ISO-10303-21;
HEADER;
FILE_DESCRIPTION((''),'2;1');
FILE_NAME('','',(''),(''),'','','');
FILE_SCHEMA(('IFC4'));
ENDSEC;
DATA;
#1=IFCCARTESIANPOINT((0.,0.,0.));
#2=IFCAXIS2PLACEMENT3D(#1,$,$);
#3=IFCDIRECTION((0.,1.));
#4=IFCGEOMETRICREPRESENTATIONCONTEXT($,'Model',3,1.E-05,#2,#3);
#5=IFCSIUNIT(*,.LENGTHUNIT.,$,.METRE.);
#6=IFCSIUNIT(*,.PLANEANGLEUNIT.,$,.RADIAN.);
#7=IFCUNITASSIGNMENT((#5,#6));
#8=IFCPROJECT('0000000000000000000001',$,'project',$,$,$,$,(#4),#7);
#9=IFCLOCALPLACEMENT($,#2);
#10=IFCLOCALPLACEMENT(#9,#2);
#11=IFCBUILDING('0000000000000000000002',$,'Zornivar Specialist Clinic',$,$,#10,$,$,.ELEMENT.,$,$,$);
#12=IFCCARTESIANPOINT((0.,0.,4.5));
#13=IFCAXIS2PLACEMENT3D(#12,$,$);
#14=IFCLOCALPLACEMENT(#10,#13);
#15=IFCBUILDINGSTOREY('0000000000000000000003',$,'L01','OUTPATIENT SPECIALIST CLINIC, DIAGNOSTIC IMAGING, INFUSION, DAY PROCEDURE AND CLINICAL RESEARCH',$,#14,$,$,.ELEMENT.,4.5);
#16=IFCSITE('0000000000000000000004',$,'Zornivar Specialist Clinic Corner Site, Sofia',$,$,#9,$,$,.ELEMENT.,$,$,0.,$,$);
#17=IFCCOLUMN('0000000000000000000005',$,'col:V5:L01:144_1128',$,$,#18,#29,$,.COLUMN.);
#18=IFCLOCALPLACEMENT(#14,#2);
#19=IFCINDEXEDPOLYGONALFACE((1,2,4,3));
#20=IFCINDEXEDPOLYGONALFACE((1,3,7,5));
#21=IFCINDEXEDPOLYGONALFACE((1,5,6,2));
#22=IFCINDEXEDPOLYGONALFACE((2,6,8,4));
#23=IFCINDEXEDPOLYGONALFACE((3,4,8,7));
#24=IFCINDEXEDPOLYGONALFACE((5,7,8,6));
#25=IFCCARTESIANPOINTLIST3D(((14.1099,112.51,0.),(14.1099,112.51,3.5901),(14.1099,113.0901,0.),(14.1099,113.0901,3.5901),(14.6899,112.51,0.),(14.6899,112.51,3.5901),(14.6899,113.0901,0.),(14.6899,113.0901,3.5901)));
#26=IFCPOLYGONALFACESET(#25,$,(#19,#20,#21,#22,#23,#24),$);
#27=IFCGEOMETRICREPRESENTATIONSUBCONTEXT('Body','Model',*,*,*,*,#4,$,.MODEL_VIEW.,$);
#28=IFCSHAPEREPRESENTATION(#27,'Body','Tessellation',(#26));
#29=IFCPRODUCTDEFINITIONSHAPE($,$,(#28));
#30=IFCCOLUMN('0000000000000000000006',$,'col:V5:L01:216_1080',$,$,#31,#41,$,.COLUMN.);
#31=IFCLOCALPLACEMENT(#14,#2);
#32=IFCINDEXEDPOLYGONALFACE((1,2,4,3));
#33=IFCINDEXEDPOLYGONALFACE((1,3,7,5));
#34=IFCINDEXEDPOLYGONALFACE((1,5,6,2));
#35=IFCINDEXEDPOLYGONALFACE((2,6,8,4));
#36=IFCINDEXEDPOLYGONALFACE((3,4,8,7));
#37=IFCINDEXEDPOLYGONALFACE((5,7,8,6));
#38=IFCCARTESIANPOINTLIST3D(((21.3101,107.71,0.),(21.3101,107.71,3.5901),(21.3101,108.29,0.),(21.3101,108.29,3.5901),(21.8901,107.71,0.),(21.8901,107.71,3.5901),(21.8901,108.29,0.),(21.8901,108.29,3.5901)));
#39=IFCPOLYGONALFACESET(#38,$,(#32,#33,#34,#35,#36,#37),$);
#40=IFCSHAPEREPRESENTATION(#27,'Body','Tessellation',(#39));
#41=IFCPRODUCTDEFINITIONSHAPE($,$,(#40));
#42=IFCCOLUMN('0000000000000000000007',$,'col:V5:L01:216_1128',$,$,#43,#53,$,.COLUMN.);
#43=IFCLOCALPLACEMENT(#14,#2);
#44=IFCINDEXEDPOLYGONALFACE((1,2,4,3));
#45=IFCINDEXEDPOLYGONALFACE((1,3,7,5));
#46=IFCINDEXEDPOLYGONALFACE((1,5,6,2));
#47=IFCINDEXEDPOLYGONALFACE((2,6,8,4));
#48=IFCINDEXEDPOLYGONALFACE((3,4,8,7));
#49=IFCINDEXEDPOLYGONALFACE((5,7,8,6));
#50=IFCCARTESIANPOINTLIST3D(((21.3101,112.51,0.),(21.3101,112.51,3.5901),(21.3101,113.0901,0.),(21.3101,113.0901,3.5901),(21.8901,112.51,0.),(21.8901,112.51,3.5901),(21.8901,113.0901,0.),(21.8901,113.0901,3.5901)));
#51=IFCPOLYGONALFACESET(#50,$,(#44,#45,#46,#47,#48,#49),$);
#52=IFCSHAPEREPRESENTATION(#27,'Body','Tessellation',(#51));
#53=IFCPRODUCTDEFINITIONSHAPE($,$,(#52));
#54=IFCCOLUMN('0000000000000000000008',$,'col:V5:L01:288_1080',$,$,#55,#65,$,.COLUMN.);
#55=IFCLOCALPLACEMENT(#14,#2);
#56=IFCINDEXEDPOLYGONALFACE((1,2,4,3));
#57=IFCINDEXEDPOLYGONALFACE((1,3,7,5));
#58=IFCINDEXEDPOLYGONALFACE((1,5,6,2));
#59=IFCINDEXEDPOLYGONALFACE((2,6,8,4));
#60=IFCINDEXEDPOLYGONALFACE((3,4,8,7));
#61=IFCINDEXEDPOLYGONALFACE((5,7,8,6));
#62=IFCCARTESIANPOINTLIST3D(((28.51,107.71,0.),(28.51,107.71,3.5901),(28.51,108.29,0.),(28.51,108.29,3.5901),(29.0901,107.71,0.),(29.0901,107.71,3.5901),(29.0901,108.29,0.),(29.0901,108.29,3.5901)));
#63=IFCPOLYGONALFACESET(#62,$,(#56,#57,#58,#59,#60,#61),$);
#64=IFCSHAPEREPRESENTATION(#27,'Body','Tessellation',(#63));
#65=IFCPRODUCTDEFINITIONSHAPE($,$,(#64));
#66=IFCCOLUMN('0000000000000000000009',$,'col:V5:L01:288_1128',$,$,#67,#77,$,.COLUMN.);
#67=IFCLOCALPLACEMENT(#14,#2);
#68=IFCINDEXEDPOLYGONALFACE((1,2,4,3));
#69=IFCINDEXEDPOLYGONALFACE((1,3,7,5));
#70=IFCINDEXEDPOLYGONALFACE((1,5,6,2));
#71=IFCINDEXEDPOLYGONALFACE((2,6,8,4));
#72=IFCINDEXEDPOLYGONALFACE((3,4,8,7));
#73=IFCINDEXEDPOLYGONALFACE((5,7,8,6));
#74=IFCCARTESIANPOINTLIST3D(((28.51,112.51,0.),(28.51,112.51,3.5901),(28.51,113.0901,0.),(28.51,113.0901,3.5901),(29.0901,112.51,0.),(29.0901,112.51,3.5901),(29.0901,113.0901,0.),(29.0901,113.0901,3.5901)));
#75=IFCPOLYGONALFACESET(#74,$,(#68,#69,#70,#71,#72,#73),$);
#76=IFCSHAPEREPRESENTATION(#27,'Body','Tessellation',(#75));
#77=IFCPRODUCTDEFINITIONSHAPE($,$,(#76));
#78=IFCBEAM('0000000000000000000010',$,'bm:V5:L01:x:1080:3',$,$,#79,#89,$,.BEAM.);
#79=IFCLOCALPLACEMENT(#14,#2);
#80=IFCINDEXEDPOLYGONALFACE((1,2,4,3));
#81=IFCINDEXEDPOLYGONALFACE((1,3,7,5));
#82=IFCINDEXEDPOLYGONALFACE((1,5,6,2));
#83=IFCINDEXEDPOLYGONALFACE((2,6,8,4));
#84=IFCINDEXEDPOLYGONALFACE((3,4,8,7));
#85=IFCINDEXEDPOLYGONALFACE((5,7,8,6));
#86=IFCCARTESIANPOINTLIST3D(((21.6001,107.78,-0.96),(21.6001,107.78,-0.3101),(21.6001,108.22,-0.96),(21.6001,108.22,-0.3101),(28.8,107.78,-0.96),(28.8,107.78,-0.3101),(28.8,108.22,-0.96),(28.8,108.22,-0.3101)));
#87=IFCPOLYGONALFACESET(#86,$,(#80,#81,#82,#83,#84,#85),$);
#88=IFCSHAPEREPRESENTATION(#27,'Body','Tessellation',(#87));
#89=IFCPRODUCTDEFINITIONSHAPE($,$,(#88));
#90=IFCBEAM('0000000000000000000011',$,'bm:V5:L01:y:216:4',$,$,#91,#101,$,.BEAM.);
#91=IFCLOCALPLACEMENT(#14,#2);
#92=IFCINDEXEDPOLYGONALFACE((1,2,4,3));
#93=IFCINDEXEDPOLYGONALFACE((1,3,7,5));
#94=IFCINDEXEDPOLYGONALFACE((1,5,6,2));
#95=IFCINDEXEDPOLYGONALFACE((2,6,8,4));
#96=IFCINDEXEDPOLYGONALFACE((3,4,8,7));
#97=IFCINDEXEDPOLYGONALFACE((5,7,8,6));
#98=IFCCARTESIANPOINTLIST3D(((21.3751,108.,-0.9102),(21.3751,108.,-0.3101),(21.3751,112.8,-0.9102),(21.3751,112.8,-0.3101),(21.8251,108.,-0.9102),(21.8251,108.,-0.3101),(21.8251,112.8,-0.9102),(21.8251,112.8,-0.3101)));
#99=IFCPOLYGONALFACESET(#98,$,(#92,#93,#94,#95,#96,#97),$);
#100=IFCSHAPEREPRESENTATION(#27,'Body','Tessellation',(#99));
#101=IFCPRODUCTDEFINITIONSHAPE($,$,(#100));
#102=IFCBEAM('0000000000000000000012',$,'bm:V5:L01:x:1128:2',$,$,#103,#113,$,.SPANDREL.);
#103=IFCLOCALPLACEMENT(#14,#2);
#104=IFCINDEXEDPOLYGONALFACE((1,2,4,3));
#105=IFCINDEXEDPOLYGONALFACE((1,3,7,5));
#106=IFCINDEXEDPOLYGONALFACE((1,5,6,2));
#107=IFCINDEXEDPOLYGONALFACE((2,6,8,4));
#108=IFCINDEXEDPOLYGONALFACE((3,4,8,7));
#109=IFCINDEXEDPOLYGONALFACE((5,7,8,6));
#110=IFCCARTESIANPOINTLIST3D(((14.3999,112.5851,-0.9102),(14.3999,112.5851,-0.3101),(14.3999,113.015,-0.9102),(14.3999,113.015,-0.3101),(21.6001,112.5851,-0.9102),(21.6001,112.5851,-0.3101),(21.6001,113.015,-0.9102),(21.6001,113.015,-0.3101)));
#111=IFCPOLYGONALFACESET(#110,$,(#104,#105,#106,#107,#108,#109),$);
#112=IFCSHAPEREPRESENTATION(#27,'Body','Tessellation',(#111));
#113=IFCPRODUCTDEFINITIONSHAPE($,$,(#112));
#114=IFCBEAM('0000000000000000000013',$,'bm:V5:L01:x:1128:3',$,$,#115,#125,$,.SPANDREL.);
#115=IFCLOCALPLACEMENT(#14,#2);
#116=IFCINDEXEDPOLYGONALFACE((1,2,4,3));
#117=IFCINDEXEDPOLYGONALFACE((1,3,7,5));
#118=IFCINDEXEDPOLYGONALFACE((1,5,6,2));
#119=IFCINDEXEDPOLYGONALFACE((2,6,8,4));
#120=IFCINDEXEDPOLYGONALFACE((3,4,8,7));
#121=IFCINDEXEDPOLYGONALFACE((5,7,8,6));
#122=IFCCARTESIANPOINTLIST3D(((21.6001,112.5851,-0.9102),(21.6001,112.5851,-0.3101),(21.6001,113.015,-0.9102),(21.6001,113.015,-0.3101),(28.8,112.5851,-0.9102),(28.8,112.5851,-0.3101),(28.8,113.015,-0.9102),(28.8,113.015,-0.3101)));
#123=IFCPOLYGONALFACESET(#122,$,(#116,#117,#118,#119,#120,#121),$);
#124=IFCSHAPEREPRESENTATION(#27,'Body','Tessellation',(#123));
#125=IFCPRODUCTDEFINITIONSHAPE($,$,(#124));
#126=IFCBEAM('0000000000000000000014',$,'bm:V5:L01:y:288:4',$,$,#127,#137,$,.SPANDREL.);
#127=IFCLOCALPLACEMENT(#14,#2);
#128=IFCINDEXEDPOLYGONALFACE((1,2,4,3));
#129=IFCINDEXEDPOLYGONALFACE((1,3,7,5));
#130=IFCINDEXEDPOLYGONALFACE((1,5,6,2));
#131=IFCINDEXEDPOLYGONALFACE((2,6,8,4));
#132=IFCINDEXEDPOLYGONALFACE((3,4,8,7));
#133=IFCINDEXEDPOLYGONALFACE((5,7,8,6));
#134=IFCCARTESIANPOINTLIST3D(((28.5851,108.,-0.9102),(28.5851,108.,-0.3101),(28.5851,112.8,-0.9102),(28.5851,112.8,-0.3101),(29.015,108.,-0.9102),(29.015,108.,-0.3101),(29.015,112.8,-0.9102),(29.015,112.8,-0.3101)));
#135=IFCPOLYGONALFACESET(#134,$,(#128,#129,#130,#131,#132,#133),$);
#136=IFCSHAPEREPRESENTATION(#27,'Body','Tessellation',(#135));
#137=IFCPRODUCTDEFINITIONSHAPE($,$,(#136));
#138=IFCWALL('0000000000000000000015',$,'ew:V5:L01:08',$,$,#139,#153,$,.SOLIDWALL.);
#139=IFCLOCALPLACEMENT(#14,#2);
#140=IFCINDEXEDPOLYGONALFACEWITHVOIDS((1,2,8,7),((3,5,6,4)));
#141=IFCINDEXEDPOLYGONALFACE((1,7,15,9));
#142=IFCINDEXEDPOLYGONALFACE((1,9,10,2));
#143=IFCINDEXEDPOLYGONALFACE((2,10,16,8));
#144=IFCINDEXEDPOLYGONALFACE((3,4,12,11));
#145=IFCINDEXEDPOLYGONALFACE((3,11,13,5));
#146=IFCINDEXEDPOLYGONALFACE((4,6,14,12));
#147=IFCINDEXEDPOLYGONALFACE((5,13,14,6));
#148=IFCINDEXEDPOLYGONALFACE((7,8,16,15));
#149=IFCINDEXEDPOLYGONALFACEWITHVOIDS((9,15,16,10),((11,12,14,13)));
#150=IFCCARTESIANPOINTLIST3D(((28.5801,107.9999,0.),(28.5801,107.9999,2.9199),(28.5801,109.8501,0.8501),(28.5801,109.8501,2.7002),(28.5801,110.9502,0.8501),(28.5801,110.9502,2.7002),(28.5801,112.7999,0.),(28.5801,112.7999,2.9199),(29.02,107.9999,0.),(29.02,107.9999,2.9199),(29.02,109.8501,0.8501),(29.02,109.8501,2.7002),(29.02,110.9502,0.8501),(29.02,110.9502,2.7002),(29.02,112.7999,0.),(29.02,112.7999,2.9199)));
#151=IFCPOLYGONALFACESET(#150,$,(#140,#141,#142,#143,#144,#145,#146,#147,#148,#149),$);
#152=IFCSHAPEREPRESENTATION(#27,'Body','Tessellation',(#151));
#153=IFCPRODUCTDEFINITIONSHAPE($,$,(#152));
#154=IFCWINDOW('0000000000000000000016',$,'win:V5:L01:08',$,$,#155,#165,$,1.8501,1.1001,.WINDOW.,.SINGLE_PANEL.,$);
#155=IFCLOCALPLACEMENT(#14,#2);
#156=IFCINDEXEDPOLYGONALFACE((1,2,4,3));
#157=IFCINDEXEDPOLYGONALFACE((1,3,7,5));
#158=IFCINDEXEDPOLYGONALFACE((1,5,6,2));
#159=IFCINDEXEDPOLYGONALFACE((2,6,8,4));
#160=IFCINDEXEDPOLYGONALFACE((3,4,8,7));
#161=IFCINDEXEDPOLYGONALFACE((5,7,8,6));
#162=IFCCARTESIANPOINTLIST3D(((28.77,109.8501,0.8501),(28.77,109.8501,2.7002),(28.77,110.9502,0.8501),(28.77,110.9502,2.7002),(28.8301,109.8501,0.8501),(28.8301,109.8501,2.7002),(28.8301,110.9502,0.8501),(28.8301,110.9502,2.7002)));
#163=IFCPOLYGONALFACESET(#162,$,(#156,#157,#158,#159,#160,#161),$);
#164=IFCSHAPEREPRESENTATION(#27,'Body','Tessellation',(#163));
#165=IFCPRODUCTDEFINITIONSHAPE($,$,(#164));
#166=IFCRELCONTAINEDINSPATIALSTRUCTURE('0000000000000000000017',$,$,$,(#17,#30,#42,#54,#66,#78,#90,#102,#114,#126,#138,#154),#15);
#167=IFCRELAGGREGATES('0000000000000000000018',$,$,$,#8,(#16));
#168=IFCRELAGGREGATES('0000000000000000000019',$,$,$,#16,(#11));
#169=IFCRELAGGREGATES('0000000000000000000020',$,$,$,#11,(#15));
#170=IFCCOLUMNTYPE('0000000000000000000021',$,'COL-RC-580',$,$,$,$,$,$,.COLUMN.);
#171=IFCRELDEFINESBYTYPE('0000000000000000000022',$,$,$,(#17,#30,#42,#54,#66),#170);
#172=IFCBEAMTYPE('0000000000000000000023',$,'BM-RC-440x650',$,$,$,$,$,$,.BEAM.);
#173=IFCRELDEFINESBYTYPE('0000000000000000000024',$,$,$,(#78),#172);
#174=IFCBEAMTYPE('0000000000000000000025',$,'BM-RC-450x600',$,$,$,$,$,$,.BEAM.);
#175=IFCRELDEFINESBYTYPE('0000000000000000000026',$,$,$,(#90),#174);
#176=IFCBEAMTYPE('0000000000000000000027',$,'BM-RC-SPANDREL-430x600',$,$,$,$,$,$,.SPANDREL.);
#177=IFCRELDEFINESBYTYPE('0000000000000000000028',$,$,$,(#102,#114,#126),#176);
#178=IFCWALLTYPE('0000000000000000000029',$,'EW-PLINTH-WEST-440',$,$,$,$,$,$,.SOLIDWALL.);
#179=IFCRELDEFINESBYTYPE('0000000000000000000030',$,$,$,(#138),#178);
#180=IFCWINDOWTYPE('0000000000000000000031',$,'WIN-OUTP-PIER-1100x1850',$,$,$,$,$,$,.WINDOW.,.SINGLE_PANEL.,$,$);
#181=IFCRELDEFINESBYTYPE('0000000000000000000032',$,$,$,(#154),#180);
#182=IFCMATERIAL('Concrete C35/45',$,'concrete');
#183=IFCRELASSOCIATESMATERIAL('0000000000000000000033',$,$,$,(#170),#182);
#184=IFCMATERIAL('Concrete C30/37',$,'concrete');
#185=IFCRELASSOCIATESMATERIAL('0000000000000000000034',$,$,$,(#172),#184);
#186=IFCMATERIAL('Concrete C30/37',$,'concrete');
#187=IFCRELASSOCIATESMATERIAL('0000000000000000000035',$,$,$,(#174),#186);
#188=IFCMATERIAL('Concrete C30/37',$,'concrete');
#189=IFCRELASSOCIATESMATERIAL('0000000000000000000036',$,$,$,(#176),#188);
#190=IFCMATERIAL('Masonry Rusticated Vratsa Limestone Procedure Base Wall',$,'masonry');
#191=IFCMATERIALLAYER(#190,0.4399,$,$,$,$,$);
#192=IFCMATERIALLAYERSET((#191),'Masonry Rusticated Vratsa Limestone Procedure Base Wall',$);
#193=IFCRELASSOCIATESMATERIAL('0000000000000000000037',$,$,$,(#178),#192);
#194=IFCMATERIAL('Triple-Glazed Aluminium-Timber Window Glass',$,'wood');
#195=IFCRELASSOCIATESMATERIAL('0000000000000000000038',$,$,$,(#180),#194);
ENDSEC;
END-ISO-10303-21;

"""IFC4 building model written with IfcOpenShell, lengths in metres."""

from ifc_helpers import new_model, si_unit, direction, frame, frame_2d, origin, origin_2d, place, context, subcontext, project, spatial, rectangle, extrude, material, layer, layer_set, material_profile, profile_set, type_object, element, fill, save


model = new_model("IFC4")

# Units and contexts
model_context = context("Model", 3, precision=1e-05, world=origin(), true_north=direction((0.0, 1.0)))
body_context = subcontext(model_context, "Body", "Model", "MODEL_VIEW")
ifc_project = project(units=[si_unit("LENGTHUNIT", "METRE"), si_unit("PLANEANGLEUNIT", "RADIAN")], contexts=[model_context])

# Site, building, storey
site_placement = place(None, origin())
site = spatial("IfcSite", under=ifc_project, at=site_placement, Name="Zornivar Specialist Clinic Corner Site, Sofia", CompositionType="ELEMENT", RefElevation=0.0)
building_placement = place(site_placement, origin())
building = spatial("IfcBuilding", under=site, at=building_placement, Name="Zornivar Specialist Clinic", CompositionType="ELEMENT")
storey_placement = place(building_placement, frame((0.0, 0.0, 4.5)))
storey = spatial("IfcBuildingStorey", under=building, at=storey_placement, Name="L01", Description="OUTPATIENT SPECIALIST CLINIC, DIAGNOSTIC IMAGING, INFUSION, DAY PROCEDURE AND CLINICAL RESEARCH", CompositionType="ELEMENT", Elevation=4.5)

# Columns
ifc_material_1 = material(Name="Concrete C35/45", Category="concrete")
ifc_material_profile_1 = material_profile(ifc_material_1, rectangle(XDim=0.5801, YDim=0.5801, at=origin_2d()), Name="RC 580x580")
ifc_profile_set_1 = profile_set([ifc_material_profile_1], Name="Concrete C35/45")
column_type = type_object("IfcColumnType", Name="COL-RC-580", PredefinedType="COLUMN", material=ifc_profile_set_1)
for number, where, z_axis, x_axis, name in (
    (1, (14.3999, 112.8, 0.0), (0.0, 0.0, 1.0), (1.0, 0.0, 0.0), "col:V5:L01:144_1128"),
    (2, (21.6001, 108.0, 0.0), (0.0, 0.0, 1.0), (1.0, 0.0, 0.0), "col:V5:L01:216_1080"),
    (3, (21.6001, 112.8, 0.0), (0.0, 0.0, 1.0), (1.0, 0.0, 0.0), "col:V5:L01:216_1128"),
    (4, (28.8, 108.0, 0.0), (0.0, 0.0, 1.0), (1.0, 0.0, 0.0), "col:V5:L01:288_1080"),
    (5, (28.8, 112.8, 0.0), (0.0, 0.0, 1.0), (1.0, 0.0, 0.0), "col:V5:L01:288_1128"),
):
    element("IfcColumn", number, at=place(storey_placement, frame(where, z_axis=z_axis, x_axis=x_axis)), inside=storey, type_object=column_type, Name=name, PredefinedType="COLUMN", context=body_context, shape_type="SweptSolid", body=[
        extrude(rectangle(XDim=0.5801, YDim=0.5801, at=origin_2d()), origin(), (0.0, 0.0, 1.0), 3.5901),
    ])

# Beams
ifc_material_2 = material(Name="Concrete C30/37", Category="concrete")
ifc_material_profile_2 = material_profile(ifc_material_2, rectangle(XDim=0.4399, YDim=0.6499, at=origin_2d()), Name="RC 440x650")
ifc_profile_set_2 = profile_set([ifc_material_profile_2], Name="Concrete C30/37")
beam_type_1 = type_object("IfcBeamType", Name="BM-RC-440x650", PredefinedType="BEAM", material=ifc_profile_set_2)
beam_1_placement = place(storey_placement, frame((21.6001, 108.0, -0.635), z_axis=(1.0, 0.0, 0.0), x_axis=(0.0, 1.0, 0.0)))
element("IfcBeam", 6, at=beam_1_placement, inside=storey, type_object=beam_type_1, Name="bm:V5:L01:x:1080:3", PredefinedType="BEAM", context=body_context, shape_type="SweptSolid", body=[
    extrude(rectangle(XDim=0.4399, YDim=0.6499, at=origin_2d()), origin(), (0.0, 0.0, 1.0), 7.2),
])
ifc_material_3 = material(Name="Concrete C30/37", Category="concrete")
ifc_material_profile_3 = material_profile(ifc_material_3, rectangle(XDim=0.45, YDim=0.6001, at=origin_2d()), Name="RC 450x600")
ifc_profile_set_3 = profile_set([ifc_material_profile_3], Name="Concrete C30/37")
beam_type_2 = type_object("IfcBeamType", Name="BM-RC-450x600", PredefinedType="BEAM", material=ifc_profile_set_3)
beam_2_placement = place(storey_placement, frame((21.6001, 108.0, -0.6101), z_axis=(0.0, 1.0, 0.0), x_axis=(-1.0, 0.0, 0.0)))
element("IfcBeam", 7, at=beam_2_placement, inside=storey, type_object=beam_type_2, Name="bm:V5:L01:y:216:4", PredefinedType="BEAM", context=body_context, shape_type="SweptSolid", body=[
    extrude(rectangle(XDim=0.45, YDim=0.6001, at=origin_2d()), origin(), (0.0, 0.0, 1.0), 4.8),
])
ifc_material_4 = material(Name="Concrete C30/37", Category="concrete")
ifc_material_profile_4 = material_profile(ifc_material_4, rectangle(XDim=0.4299, YDim=0.6001, at=origin_2d()), Name="RC 430x600")
ifc_profile_set_4 = profile_set([ifc_material_profile_4], Name="Concrete C30/37")
beam_type_3 = type_object("IfcBeamType", Name="BM-RC-SPANDREL-430x600", PredefinedType="SPANDREL", material=ifc_profile_set_4)
beam_3_placement = place(storey_placement, frame((14.3999, 112.8, -0.6101), z_axis=(1.0, 0.0, 0.0), x_axis=(0.0, 1.0, 0.0)))
element("IfcBeam", 8, at=beam_3_placement, inside=storey, type_object=beam_type_3, Name="bm:V5:L01:x:1128:2", PredefinedType="SPANDREL", context=body_context, shape_type="SweptSolid", body=[
    extrude(rectangle(XDim=0.4299, YDim=0.6001, at=origin_2d()), origin(), (0.0, 0.0, 1.0), 7.2002),
])
beam_4_placement = place(storey_placement, frame((21.6001, 112.8, -0.6101), z_axis=(1.0, 0.0, 0.0), x_axis=(0.0, 1.0, 0.0)))
element("IfcBeam", 9, at=beam_4_placement, inside=storey, type_object=beam_type_3, Name="bm:V5:L01:x:1128:3", PredefinedType="SPANDREL", context=body_context, shape_type="SweptSolid", body=[
    extrude(rectangle(XDim=0.4299, YDim=0.6001, at=origin_2d()), origin(), (0.0, 0.0, 1.0), 7.2),
])
beam_5_placement = place(storey_placement, frame((28.8, 108.0, -0.6101), z_axis=(0.0, 1.0, 0.0), x_axis=(-1.0, 0.0, 0.0)))
element("IfcBeam", 10, at=beam_5_placement, inside=storey, type_object=beam_type_3, Name="bm:V5:L01:y:288:4", PredefinedType="SPANDREL", context=body_context, shape_type="SweptSolid", body=[
    extrude(rectangle(XDim=0.4299, YDim=0.6001, at=origin_2d()), origin(), (0.0, 0.0, 1.0), 4.8),
])

# Wall, opening, window
ifc_material_5 = material(Name="Masonry Rusticated Vratsa Limestone Procedure Base Wall", Category="masonry")
ifc_layer_1 = layer(ifc_material_5, 0.4399)
ifc_layer_set_1 = layer_set([ifc_layer_1], Name="Masonry Rusticated Vratsa Limestone Procedure Base Wall")
wall_type_1 = type_object("IfcWallType", Name="EW-PLINTH-WEST-440", PredefinedType="SOLIDWALL", material=ifc_layer_set_1)
wall_1_placement = place(storey_placement, frame((28.8, 108.0, 0.0), z_axis=(0.0, 0.0, 1.0), x_axis=(0.0, 1.0, 0.0)))
wall_1 = element("IfcWall", 11, at=wall_1_placement, inside=storey, type_object=wall_type_1, Name="ew:V5:L01:08", PredefinedType="SOLIDWALL", context=body_context, shape_type="SweptSolid", body=[
    extrude(rectangle(XDim=4.8, YDim=0.4399, at=frame_2d((2.3999, 0.0))), origin(), (0.0, 0.0, 1.0), 2.9199),
])
opening_1_placement = place(wall_1_placement, frame((1.8501, 0.0, 0.8501)))
opening_1 = element("IfcOpeningElement", 12, at=opening_1_placement, cuts=wall_1, PredefinedType="OPENING", context=body_context, shape_type="SweptSolid", body=[
    extrude(rectangle(XDim=1.1001, YDim=1.8501, at=frame_2d((0.55, 0.925))), frame((0.0, 0.23, 0.0), z_axis=(0.0, -1.0, 0.0), x_axis=(1.0, 0.0, 0.0)), (0.0, 0.0, 1.0), 0.46),
])
ifc_material_6 = material(Name="Triple-Glazed Aluminium-Timber Window Glass", Category="wood")
window_type_1 = type_object("IfcWindowType", Name="WIN-OUTP-PIER-1100x1850", PartitioningType="SINGLE_PANEL", PredefinedType="WINDOW", material=ifc_material_6)
window_1_placement = place(opening_1_placement, origin())
window_1 = element("IfcWindow", 13, at=window_1_placement, inside=storey, type_object=window_type_1, Name="win:V5:L01:08", OverallHeight=1.8501, OverallWidth=1.1001, PartitioningType="SINGLE_PANEL", PredefinedType="WINDOW", context=body_context, shape_type="SweptSolid", body=[
    extrude(rectangle(XDim=1.1001, YDim=1.8501, at=frame_2d((0.55, 0.925))), frame((0.0, 0.03, 0.0), z_axis=(0.0, -1.0, 0.0), x_axis=(1.0, 0.0, 0.0)), (0.0, 0.0, 1.0), 0.0601),
])
fill(opening_1, window_1)

save(model, "model.ifc")
